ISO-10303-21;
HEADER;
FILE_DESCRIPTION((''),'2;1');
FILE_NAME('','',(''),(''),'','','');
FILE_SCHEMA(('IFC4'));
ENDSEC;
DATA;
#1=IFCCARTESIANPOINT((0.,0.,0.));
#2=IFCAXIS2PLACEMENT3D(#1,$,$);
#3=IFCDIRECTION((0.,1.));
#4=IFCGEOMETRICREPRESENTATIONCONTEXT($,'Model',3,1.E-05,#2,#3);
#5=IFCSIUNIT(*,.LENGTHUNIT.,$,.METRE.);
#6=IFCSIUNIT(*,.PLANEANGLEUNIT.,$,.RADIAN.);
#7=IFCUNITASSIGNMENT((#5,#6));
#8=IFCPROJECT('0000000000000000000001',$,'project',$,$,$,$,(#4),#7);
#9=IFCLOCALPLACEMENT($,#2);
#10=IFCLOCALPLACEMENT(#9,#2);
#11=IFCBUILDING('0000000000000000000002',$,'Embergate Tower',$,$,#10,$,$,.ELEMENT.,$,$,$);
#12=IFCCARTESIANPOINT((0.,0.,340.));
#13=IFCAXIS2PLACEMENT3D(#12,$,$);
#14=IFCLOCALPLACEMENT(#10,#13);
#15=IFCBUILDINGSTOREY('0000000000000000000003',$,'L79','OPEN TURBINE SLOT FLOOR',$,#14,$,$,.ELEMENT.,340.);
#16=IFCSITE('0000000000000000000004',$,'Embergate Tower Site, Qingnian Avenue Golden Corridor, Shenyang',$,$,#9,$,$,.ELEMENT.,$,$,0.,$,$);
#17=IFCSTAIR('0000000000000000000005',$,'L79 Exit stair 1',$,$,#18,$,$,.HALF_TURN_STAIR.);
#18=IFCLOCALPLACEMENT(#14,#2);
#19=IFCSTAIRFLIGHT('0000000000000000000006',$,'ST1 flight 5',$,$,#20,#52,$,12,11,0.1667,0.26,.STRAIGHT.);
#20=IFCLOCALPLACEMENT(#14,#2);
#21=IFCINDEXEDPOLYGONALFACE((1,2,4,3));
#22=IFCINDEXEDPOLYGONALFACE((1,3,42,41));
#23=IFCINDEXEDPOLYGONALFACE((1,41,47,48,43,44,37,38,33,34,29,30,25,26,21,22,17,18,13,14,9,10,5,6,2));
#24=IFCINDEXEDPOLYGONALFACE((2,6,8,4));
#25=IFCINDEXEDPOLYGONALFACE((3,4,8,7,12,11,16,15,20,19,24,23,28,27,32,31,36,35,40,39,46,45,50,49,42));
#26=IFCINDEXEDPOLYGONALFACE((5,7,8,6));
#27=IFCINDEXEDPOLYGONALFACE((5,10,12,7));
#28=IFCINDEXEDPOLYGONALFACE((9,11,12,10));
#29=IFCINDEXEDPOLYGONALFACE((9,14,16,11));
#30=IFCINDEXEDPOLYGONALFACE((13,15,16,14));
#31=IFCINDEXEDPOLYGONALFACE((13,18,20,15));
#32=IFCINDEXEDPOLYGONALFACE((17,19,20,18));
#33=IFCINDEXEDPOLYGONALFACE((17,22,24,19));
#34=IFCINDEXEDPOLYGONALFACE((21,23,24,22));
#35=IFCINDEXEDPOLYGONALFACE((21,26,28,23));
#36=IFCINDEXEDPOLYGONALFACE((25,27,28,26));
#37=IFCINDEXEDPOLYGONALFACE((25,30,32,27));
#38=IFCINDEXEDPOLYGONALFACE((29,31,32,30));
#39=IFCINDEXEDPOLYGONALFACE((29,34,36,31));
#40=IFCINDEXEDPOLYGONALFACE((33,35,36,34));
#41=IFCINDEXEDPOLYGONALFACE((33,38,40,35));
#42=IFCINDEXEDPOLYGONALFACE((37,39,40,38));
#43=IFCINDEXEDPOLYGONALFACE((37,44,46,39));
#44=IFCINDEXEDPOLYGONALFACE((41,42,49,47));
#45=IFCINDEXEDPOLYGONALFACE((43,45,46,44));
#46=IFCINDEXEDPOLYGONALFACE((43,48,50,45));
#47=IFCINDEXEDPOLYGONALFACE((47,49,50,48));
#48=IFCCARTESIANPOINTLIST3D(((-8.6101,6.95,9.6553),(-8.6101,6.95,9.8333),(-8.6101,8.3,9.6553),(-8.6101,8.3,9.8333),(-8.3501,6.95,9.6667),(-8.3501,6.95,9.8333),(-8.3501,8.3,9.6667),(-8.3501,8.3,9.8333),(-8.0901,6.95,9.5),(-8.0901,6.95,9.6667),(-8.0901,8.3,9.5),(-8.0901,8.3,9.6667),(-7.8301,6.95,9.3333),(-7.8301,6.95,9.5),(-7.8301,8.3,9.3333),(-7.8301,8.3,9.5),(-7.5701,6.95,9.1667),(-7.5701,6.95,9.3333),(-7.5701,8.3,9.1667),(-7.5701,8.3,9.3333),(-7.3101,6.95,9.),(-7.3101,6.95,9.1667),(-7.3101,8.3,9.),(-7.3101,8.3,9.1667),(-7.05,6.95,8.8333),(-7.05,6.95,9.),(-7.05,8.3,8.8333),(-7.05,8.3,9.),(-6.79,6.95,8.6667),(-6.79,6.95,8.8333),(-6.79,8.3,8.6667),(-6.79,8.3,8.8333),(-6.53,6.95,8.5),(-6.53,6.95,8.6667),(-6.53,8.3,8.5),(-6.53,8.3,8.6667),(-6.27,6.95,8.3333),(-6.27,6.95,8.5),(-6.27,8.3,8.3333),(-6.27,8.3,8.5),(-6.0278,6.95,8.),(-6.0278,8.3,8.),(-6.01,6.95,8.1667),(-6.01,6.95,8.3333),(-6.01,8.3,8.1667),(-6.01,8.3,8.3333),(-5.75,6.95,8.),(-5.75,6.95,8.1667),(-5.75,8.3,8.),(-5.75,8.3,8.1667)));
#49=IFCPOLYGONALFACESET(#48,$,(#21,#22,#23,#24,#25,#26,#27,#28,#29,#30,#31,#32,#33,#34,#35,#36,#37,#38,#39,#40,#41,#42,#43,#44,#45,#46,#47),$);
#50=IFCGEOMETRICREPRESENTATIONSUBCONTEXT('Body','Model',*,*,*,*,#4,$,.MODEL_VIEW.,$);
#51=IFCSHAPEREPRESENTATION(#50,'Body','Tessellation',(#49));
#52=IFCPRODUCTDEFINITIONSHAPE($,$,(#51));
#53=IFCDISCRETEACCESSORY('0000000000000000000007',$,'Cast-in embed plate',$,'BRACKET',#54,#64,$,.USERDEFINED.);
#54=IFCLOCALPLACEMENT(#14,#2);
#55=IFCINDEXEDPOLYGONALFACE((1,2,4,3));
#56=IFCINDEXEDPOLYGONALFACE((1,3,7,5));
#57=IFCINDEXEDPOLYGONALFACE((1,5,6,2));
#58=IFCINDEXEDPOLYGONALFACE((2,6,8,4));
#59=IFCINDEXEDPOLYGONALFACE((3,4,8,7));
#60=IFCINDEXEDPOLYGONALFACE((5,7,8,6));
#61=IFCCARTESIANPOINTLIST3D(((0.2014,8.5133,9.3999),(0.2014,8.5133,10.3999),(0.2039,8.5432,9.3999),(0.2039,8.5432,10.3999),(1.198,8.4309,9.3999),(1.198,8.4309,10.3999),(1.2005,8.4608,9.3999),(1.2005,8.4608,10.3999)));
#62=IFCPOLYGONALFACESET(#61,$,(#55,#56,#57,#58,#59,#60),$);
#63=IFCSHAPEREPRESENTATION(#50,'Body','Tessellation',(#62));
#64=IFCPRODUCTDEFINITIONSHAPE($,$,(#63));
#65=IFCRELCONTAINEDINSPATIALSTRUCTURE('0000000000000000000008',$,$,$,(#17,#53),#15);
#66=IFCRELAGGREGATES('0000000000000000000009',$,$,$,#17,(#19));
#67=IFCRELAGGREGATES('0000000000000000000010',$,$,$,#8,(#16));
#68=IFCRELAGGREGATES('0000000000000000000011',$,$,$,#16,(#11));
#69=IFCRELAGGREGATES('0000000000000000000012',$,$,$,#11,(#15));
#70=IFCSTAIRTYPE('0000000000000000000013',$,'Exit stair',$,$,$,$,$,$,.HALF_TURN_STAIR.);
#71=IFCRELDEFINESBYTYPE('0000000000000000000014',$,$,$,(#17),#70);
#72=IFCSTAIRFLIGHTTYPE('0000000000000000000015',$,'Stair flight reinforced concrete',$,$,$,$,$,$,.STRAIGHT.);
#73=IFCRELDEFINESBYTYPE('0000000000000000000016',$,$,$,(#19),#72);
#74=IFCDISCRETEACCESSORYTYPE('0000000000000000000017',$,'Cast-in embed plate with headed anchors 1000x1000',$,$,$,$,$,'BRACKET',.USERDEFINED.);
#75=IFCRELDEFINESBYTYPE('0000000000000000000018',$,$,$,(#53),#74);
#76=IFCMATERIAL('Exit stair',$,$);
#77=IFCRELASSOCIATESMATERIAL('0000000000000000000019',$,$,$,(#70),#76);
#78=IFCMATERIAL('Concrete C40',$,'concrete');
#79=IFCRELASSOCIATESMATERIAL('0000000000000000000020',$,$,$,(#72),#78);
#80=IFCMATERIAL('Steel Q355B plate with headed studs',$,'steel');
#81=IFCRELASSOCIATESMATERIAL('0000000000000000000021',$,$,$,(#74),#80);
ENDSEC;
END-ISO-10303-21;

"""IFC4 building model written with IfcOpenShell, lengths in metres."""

from ifc_helpers import new_model, si_unit, direction, frame, origin, origin_2d, place, context, subcontext, project, spatial, polyline, rectangle, outline, extrude, source, transform, mapped, material, type_object, element, aggregate, save


model = new_model("IFC4")

# Units and contexts
model_context = context("Model", 3, precision=1e-05, world=origin(), true_north=direction((0.0, 1.0)))
body_context = subcontext(model_context, "Body", "Model", "MODEL_VIEW")
ifc_project = project(units=[si_unit("LENGTHUNIT", "METRE"), si_unit("PLANEANGLEUNIT", "RADIAN")], contexts=[model_context])

# Site, building, storey
site_placement = place(None, origin())
site = spatial("IfcSite", under=ifc_project, at=site_placement, Name="Embergate Tower Site, Qingnian Avenue Golden Corridor, Shenyang", CompositionType="ELEMENT", RefElevation=0.0)
building_placement = place(site_placement, origin())
building = spatial("IfcBuilding", under=site, at=building_placement, Name="Embergate Tower", CompositionType="ELEMENT")
storey_placement = place(building_placement, frame((0.0, 0.0, 340.0)))
storey = spatial("IfcBuildingStorey", under=building, at=storey_placement, Name="L79", Description="OPEN TURBINE SLOT FLOOR", CompositionType="ELEMENT", Elevation=340.0)

# Stair, stair flight
ifc_material_1 = material(Name="Exit stair")
stair_type = type_object("IfcStairType", Name="Exit stair", PredefinedType="HALF_TURN_STAIR", material=ifc_material_1)
stair_placement = place(storey_placement, origin())
stair = element("IfcStair", 1, at=stair_placement, inside=storey, type_object=stair_type, Name="L79 Exit stair 1", PredefinedType="HALF_TURN_STAIR")
ifc_material_2 = material(Name="Concrete C40", Category="concrete")
stair_flight_type = type_object("IfcStairFlightType", Name="Stair flight reinforced concrete", PredefinedType="STRAIGHT", material=ifc_material_2)
shared_shape_1 = source(origin(), body_context, "Body", "SweptSolid", [
    extrude(outline(polyline([(0.0, 0.0), (0.0, 0.1667), (0.26, 0.1667), (0.26, 0.3333), (0.52, 0.3333), (0.52, 0.5), (0.78, 0.5), (0.78, 0.6667), (1.04, 0.6667), (1.04, 0.8333), (1.3, 0.8333), (1.3, 1.0), (1.5601, 1.0), (1.5601, 1.1667), (1.8201, 1.1667), (1.8201, 1.3333), (2.0801, 1.3333), (2.0801, 1.5), (2.3401, 1.5), (2.3401, 1.6667), (2.6001, 1.6667), (2.6001, 1.8333), (2.8601, 1.8333), (2.8601, 2.0), (2.8601, 1.6553), (0.2778, 0.0), (0.0, 0.0)])), frame((0.0, 0.675, 0.0), z_axis=(0.0, -1.0, 0.0), x_axis=(1.0, 0.0, 0.0)), (0.0, 0.0, 1.0), 1.3501),
])
stair_flight_1_placement = place(storey_placement, frame((-5.75, 7.625, 8.0), z_axis=(0.0, 0.0, 1.0), x_axis=(-1.0, 0.0, 0.0)))
stair_flight_1 = element("IfcStairFlight", 2, at=stair_flight_1_placement, type_object=stair_flight_type, Name="ST1 flight 5", NumberOfRisers=12, NumberOfTreads=11, PredefinedType="STRAIGHT", RiserHeight=0.1667, TreadLength=0.26, context=body_context, shape_type="MappedRepresentation", body=[
    mapped(shared_shape_1, transform((0.0, 0.0, 0.0))),
])
aggregate(stair, [stair_flight_1])

# Discrete accessory
ifc_material_3 = material(Name="Steel Q355B plate with headed studs", Category="steel")
discrete_accessory_type = type_object("IfcDiscreteAccessoryType", Name="Cast-in embed plate with headed anchors 1000x1000", ElementType="BRACKET", PredefinedType="USERDEFINED", material=ifc_material_3)
shared_shape_2 = source(origin(), body_context, "Body", "SweptSolid", [
    extrude(rectangle(XDim=0.03, YDim=1.0, at=origin_2d()), origin(), (0.0, 0.0, 1.0), 1.0),
])
discrete_accessory_placement = place(storey_placement, frame((0.7009, 8.4871, 9.3999), z_axis=(0.0, 0.0, 1.0), x_axis=(0.082356, 0.996603, 0.0)))
element("IfcDiscreteAccessory", 3, at=discrete_accessory_placement, inside=storey, type_object=discrete_accessory_type, Name="Cast-in embed plate", ObjectType="BRACKET", PredefinedType="USERDEFINED", context=body_context, shape_type="MappedRepresentation", body=[
    mapped(shared_shape_2, transform((0.0, 0.0, 0.0))),
])

save(model, "model.ifc")
